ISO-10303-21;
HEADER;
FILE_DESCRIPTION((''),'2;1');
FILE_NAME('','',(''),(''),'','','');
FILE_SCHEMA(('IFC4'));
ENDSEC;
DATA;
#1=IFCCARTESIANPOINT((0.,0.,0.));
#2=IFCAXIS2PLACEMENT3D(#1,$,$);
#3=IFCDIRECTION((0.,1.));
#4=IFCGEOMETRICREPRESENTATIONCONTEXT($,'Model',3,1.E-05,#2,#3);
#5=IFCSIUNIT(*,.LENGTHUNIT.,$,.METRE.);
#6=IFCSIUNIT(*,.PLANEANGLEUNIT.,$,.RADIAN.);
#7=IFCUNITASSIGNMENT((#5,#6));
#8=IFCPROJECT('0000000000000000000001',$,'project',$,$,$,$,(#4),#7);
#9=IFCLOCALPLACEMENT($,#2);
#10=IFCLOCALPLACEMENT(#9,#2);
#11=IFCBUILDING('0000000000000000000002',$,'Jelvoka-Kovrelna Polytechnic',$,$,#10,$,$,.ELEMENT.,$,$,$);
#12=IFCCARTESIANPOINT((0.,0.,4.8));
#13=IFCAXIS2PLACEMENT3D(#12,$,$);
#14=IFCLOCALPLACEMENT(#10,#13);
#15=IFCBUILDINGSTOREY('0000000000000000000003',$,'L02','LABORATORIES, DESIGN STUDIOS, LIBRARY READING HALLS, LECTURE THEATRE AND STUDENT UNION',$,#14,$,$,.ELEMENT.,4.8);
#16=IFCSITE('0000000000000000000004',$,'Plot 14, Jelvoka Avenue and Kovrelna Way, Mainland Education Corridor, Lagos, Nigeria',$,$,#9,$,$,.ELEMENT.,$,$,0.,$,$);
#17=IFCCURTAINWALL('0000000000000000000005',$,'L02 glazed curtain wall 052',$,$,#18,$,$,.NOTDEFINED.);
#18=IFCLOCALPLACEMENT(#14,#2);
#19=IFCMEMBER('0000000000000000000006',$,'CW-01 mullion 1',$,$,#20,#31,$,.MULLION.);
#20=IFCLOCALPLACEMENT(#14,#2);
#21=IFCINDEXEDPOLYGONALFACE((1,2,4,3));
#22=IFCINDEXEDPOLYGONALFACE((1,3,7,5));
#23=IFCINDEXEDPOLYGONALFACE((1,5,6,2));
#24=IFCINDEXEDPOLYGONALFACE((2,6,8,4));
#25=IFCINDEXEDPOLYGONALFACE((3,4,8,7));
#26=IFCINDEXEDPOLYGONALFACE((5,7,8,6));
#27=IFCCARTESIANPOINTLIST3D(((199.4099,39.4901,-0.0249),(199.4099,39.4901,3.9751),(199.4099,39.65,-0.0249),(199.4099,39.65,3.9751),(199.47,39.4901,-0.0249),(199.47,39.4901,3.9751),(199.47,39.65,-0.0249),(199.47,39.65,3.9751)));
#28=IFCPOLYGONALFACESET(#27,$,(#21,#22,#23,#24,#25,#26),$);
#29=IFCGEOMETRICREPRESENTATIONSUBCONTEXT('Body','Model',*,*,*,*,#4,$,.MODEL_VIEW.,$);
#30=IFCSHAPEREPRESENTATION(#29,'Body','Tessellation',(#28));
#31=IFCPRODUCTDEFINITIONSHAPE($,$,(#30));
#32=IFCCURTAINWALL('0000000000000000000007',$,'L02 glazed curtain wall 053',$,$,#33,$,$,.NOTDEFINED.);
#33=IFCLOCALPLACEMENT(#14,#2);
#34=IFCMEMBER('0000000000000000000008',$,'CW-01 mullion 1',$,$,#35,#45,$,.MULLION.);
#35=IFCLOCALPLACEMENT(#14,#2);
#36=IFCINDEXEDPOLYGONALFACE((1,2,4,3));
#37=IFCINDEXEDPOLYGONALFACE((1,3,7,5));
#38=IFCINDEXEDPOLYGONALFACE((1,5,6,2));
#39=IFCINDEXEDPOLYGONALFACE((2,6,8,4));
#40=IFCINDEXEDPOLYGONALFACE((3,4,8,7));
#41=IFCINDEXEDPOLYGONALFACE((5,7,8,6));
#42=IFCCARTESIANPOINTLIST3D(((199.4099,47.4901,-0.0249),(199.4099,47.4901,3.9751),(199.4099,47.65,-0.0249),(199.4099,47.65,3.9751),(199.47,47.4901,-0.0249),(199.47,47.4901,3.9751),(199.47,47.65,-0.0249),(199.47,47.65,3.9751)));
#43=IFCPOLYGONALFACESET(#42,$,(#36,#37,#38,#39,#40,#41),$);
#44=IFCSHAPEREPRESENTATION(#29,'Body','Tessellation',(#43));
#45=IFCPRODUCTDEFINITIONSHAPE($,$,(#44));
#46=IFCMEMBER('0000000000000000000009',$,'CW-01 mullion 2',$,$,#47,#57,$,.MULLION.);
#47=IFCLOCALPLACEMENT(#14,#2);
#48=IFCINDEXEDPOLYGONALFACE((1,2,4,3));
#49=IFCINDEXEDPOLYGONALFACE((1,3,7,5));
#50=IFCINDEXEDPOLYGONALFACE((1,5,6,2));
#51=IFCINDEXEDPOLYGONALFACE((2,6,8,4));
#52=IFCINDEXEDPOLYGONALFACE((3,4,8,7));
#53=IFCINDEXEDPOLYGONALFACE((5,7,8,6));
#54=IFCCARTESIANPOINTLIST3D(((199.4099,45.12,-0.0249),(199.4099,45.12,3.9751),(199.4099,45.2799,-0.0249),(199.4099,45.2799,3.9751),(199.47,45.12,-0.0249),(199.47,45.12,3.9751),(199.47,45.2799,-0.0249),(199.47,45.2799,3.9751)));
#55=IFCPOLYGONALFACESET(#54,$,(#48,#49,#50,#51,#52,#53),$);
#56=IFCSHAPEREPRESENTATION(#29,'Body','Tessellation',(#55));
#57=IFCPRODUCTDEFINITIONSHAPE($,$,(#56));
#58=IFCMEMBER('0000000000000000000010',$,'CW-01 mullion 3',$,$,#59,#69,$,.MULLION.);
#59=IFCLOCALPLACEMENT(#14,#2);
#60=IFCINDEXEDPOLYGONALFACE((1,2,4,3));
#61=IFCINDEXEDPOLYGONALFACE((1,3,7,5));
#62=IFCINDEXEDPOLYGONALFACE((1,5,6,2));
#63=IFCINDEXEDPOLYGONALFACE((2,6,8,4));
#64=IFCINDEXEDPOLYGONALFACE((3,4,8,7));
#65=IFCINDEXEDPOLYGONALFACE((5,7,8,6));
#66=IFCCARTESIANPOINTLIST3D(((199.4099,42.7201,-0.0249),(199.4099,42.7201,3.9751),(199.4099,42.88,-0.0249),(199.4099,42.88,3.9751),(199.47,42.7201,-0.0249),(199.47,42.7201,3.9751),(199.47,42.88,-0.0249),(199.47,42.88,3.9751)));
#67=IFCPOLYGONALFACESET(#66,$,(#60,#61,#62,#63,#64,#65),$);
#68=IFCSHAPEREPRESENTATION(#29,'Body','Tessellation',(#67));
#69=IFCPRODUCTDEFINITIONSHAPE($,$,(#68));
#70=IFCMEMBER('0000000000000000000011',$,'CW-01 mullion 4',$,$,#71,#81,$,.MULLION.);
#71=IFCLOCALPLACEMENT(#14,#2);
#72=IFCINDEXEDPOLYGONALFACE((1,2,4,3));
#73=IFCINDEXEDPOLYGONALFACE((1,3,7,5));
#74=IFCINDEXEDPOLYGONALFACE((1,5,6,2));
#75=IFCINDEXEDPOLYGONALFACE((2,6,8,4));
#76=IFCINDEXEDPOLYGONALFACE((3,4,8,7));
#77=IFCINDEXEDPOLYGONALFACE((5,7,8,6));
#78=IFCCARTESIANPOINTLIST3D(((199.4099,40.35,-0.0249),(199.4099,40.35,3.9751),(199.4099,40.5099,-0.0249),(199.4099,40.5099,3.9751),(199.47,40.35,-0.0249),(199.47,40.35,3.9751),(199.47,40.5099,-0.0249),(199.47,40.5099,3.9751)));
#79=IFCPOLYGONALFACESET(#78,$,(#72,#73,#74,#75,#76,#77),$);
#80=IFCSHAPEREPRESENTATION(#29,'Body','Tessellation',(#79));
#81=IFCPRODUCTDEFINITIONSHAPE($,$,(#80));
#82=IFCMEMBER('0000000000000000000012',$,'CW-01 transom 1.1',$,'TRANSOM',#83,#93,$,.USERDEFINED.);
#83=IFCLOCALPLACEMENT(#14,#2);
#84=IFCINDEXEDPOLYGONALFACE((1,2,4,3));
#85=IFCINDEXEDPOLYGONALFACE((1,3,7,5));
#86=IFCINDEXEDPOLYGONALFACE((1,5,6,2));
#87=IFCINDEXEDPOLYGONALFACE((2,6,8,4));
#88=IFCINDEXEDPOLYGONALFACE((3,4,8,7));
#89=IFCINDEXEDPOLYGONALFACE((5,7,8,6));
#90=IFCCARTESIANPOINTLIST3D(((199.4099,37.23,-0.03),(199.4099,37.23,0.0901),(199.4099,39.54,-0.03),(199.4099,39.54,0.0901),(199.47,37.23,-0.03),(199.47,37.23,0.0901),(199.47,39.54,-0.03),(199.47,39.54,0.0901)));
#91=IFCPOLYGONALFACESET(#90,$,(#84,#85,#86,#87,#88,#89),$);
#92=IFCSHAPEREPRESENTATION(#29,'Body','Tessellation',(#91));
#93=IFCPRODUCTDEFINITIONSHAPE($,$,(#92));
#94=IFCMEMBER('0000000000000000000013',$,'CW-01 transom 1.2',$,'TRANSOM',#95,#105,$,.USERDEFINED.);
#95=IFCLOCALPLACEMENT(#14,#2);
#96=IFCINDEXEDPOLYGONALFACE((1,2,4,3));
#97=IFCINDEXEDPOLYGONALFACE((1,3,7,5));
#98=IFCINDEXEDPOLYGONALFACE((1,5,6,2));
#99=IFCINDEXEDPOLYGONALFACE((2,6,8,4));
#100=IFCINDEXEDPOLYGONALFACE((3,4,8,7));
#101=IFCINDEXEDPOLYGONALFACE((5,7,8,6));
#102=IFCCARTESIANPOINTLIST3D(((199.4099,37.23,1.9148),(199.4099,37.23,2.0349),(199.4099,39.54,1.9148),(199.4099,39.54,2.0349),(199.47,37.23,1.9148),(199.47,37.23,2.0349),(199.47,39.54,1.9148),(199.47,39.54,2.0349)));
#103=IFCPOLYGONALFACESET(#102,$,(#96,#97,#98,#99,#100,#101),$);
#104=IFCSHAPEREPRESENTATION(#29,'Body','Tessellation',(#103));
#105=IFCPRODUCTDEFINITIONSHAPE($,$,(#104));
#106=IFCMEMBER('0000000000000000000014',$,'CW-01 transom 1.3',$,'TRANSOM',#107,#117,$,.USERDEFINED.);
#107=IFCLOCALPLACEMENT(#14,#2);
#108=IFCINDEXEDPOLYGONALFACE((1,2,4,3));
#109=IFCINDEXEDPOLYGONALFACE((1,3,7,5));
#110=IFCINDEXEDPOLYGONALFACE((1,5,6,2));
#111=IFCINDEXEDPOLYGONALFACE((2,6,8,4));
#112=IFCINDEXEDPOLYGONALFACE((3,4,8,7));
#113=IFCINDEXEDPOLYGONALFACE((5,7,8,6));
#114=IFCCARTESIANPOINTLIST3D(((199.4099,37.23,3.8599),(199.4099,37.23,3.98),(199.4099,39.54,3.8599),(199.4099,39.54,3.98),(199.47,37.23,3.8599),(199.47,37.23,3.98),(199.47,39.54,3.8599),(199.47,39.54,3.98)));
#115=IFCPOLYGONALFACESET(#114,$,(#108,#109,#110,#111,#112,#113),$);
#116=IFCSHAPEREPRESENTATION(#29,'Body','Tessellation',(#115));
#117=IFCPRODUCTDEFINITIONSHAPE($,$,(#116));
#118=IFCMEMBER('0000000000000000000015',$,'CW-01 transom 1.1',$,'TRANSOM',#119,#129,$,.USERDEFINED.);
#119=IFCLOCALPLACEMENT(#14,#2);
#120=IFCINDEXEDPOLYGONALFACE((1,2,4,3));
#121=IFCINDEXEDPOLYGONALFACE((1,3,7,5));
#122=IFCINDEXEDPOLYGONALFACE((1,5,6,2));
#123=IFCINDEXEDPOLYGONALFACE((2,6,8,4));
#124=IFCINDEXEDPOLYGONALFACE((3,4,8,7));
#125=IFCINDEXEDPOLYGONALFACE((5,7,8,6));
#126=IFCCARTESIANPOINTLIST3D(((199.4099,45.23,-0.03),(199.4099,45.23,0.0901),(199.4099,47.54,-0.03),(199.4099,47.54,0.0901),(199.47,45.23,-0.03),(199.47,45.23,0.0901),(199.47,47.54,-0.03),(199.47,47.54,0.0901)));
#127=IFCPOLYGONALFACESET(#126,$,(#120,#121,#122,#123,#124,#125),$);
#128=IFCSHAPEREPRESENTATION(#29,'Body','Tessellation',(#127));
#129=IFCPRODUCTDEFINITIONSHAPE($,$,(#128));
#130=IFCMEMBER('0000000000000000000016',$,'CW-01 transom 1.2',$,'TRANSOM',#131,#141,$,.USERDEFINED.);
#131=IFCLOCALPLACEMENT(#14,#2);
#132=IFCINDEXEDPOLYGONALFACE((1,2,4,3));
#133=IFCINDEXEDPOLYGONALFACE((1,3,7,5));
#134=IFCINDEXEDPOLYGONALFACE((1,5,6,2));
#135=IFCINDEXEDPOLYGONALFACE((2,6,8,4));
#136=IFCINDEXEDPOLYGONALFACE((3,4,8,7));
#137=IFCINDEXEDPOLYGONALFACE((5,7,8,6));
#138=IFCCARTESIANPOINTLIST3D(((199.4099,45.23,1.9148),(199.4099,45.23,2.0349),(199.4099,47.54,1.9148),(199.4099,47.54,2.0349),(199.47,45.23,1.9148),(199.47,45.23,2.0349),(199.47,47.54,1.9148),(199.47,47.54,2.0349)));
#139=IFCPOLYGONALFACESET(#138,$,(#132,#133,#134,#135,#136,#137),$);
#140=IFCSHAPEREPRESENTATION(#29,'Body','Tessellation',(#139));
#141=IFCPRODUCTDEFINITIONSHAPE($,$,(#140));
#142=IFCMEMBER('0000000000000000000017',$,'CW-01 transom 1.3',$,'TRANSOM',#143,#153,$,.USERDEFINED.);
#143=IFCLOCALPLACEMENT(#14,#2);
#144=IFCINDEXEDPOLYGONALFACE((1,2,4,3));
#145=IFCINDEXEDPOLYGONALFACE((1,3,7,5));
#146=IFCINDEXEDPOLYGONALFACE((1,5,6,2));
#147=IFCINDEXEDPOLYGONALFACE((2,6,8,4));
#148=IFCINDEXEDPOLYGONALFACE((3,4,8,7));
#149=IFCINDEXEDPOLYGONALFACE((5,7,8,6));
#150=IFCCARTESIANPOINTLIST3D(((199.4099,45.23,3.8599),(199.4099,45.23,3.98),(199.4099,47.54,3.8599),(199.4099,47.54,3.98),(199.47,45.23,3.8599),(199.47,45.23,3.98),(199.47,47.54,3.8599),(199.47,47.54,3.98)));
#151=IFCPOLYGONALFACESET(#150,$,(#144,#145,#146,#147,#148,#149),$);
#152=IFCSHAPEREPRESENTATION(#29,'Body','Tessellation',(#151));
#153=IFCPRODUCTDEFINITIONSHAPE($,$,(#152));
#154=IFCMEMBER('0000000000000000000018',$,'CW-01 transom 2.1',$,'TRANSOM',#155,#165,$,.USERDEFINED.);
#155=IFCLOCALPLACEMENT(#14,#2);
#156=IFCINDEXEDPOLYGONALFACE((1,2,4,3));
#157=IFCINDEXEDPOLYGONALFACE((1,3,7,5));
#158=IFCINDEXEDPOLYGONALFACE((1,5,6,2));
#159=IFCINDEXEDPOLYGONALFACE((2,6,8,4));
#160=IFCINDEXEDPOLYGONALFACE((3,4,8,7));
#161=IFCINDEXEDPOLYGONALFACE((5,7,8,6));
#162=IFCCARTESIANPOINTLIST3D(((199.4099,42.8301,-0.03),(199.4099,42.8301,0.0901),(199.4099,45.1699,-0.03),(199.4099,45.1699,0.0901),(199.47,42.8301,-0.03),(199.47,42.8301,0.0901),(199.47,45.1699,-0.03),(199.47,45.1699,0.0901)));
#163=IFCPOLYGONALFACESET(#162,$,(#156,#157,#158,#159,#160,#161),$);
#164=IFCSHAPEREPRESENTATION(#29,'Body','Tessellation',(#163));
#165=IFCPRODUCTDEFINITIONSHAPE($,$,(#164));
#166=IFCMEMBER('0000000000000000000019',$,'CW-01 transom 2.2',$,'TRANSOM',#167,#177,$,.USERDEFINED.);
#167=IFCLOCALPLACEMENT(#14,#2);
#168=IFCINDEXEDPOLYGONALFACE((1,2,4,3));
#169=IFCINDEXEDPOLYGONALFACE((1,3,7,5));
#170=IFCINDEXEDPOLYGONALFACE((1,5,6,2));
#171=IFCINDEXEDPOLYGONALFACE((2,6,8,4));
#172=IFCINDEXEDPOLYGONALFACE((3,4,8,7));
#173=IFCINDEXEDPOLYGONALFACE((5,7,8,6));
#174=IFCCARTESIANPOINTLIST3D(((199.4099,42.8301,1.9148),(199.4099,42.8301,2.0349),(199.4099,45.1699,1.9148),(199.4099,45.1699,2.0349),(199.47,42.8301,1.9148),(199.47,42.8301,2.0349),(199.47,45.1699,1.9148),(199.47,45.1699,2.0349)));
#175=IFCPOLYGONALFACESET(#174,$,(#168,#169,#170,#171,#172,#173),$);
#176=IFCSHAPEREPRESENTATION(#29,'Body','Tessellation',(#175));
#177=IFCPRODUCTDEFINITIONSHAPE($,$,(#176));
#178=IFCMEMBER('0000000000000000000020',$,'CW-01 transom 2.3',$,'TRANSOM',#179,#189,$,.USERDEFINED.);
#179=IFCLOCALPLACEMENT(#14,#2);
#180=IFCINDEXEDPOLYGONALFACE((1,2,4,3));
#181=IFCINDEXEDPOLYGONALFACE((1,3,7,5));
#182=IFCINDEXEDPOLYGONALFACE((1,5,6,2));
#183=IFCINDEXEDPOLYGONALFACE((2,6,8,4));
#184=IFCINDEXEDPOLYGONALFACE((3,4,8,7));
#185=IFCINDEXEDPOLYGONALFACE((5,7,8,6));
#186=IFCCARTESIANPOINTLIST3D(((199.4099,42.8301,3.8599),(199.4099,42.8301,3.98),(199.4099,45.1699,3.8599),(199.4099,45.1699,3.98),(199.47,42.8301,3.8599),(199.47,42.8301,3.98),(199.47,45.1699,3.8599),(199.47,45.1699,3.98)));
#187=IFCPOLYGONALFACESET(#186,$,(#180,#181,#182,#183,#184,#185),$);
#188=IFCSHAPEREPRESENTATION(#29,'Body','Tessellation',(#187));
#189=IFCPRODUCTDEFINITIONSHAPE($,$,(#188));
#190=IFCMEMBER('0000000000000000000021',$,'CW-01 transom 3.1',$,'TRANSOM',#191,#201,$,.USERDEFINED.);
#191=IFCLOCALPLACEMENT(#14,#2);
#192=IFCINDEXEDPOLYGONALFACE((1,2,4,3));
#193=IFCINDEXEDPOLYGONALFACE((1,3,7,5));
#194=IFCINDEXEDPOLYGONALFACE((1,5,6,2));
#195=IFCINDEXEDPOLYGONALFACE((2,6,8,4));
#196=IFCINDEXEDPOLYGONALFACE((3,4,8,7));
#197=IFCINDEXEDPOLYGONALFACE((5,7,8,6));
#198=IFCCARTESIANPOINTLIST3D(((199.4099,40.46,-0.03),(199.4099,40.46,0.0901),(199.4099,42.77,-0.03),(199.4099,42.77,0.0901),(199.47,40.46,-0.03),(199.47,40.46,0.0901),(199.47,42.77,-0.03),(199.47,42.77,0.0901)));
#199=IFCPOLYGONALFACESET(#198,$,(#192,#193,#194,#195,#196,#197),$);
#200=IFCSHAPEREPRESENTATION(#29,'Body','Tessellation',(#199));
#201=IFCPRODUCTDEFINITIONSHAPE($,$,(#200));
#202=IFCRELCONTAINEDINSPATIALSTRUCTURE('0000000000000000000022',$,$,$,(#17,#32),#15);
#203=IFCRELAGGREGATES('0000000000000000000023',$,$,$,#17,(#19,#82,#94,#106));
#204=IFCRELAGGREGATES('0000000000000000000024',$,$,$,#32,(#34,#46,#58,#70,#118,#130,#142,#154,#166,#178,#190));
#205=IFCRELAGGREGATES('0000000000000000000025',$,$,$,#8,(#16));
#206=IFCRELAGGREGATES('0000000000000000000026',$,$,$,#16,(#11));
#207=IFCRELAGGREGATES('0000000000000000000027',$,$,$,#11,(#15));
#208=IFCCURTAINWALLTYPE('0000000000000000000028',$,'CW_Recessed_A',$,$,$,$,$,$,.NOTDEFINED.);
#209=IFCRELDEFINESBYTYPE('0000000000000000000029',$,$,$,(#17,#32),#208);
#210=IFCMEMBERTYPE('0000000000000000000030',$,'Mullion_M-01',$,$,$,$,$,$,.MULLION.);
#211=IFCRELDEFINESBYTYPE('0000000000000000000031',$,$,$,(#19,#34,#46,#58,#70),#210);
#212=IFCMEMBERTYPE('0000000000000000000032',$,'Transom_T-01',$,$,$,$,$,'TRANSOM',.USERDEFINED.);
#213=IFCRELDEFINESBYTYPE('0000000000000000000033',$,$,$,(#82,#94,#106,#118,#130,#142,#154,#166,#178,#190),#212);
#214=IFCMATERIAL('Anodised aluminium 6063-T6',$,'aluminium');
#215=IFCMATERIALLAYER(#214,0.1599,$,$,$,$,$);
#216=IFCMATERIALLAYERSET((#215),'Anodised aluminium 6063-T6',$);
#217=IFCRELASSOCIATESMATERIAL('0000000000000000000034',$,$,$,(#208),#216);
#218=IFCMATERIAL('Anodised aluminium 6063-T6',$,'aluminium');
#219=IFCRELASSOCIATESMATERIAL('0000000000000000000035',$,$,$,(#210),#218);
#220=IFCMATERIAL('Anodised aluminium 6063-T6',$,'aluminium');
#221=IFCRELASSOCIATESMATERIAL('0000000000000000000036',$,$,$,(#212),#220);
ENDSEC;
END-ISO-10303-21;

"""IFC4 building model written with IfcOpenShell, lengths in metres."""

from ifc_helpers import new_model, si_unit, direction, frame, origin, origin_2d, place, context, subcontext, project, spatial, rectangle, extrude, material, layer, layer_set, material_profile, profile_set, type_object, element, aggregate, save


model = new_model("IFC4")

# Units and contexts
model_context = context("Model", 3, precision=1e-05, world=origin(), true_north=direction((0.0, 1.0)))
body_context = subcontext(model_context, "Body", "Model", "MODEL_VIEW")
ifc_project = project(units=[si_unit("LENGTHUNIT", "METRE"), si_unit("PLANEANGLEUNIT", "RADIAN")], contexts=[model_context])

# Site, building, storey
site_placement = place(None, origin())
site = spatial("IfcSite", under=ifc_project, at=site_placement, Name="Plot 14, Jelvoka Avenue and Kovrelna Way, Mainland Education Corridor, Lagos, Nigeria", CompositionType="ELEMENT", RefElevation=0.0)
building_placement = place(site_placement, origin())
building = spatial("IfcBuilding", under=site, at=building_placement, Name="Jelvoka-Kovrelna Polytechnic", CompositionType="ELEMENT")
storey_placement = place(building_placement, frame((0.0, 0.0, 4.8)))
storey = spatial("IfcBuildingStorey", under=building, at=storey_placement, Name="L02", Description="LABORATORIES, DESIGN STUDIOS, LIBRARY READING HALLS, LECTURE THEATRE AND STUDENT UNION", CompositionType="ELEMENT", Elevation=4.8)

# Curtain wall, member
ifc_material_1 = material(Name="Anodised aluminium 6063-T6", Category="aluminium")
ifc_layer_1 = layer(ifc_material_1, 0.1599)
ifc_layer_set_1 = layer_set([ifc_layer_1], Name="Anodised aluminium 6063-T6")
curtain_wall_type = type_object("IfcCurtainWallType", Name="CW_Recessed_A", PredefinedType="NOTDEFINED", material=ifc_layer_set_1)
curtain_wall_1_placement = place(storey_placement, origin())
curtain_wall_1 = element("IfcCurtainWall", 1, at=curtain_wall_1_placement, inside=storey, type_object=curtain_wall_type, Name="L02 glazed curtain wall 052", PredefinedType="NOTDEFINED")
ifc_material_2 = material(Name="Anodised aluminium 6063-T6", Category="aluminium")
ifc_material_profile_1 = material_profile(ifc_material_2, rectangle(XDim=0.0601, YDim=0.1599, at=origin_2d()), Name="ALU 60x160")
ifc_profile_set_1 = profile_set([ifc_material_profile_1], Name="Anodised aluminium 6063-T6")
member_type_1 = type_object("IfcMemberType", Name="Mullion_M-01", PredefinedType="MULLION", material=ifc_profile_set_1)
member_1_placement = place(storey_placement, frame((199.4399, 39.5701, -0.0249), z_axis=(0.0, 0.0, 1.0), x_axis=(1.0, 0.0, 0.0)))
member_1 = element("IfcMember", 2, at=member_1_placement, type_object=member_type_1, Name="CW-01 mullion 1", PredefinedType="MULLION", context=body_context, shape_type="SweptSolid", body=[
    extrude(rectangle(XDim=0.0601, YDim=0.1599, at=origin_2d()), origin(), (0.0, 0.0, 1.0), 4.0),
])

# Curtain wall, members
curtain_wall_2_placement = place(storey_placement, origin())
curtain_wall_2 = element("IfcCurtainWall", 3, at=curtain_wall_2_placement, inside=storey, type_object=curtain_wall_type, Name="L02 glazed curtain wall 053", PredefinedType="NOTDEFINED")
member_2_placement = place(storey_placement, frame((199.4399, 47.5701, -0.0249), z_axis=(0.0, 0.0, 1.0), x_axis=(1.0, 0.0, 0.0)))
member_2 = element("IfcMember", 4, at=member_2_placement, type_object=member_type_1, Name="CW-01 mullion 1", PredefinedType="MULLION", context=body_context, shape_type="SweptSolid", body=[
    extrude(rectangle(XDim=0.0601, YDim=0.1599, at=origin_2d()), origin(), (0.0, 0.0, 1.0), 4.0),
])
member_3_placement = place(storey_placement, frame((199.4399, 45.2, -0.0249), z_axis=(0.0, 0.0, 1.0), x_axis=(1.0, 0.0, 0.0)))
member_3 = element("IfcMember", 5, at=member_3_placement, type_object=member_type_1, Name="CW-01 mullion 2", PredefinedType="MULLION", context=body_context, shape_type="SweptSolid", body=[
    extrude(rectangle(XDim=0.0601, YDim=0.1599, at=origin_2d()), origin(), (0.0, 0.0, 1.0), 4.0),
])
member_4_placement = place(storey_placement, frame((199.4399, 42.8, -0.0249), z_axis=(0.0, 0.0, 1.0), x_axis=(1.0, 0.0, 0.0)))
member_4 = element("IfcMember", 6, at=member_4_placement, type_object=member_type_1, Name="CW-01 mullion 3", PredefinedType="MULLION", context=body_context, shape_type="SweptSolid", body=[
    extrude(rectangle(XDim=0.0601, YDim=0.1599, at=origin_2d()), origin(), (0.0, 0.0, 1.0), 4.0),
])
member_5_placement = place(storey_placement, frame((199.4399, 40.4299, -0.0249), z_axis=(0.0, 0.0, 1.0), x_axis=(1.0, 0.0, 0.0)))
member_5 = element("IfcMember", 7, at=member_5_placement, type_object=member_type_1, Name="CW-01 mullion 4", PredefinedType="MULLION", context=body_context, shape_type="SweptSolid", body=[
    extrude(rectangle(XDim=0.0601, YDim=0.1599, at=origin_2d()), origin(), (0.0, 0.0, 1.0), 4.0),
])

# Members
ifc_material_3 = material(Name="Anodised aluminium 6063-T6", Category="aluminium")
ifc_material_profile_2 = material_profile(ifc_material_3, rectangle(XDim=0.0601, YDim=0.1201, at=origin_2d()), Name="ALU 60x120")
ifc_profile_set_2 = profile_set([ifc_material_profile_2], Name="Anodised aluminium 6063-T6")
member_type_2 = type_object("IfcMemberType", Name="Transom_T-01", ElementType="TRANSOM", PredefinedType="USERDEFINED", material=ifc_profile_set_2)
member_6_placement = place(storey_placement, frame((199.4399, 39.54, 0.03), z_axis=(0.0, -1.0, 0.0), x_axis=(1.0, 0.0, 0.0)))
member_6 = element("IfcMember", 8, at=member_6_placement, type_object=member_type_2, Name="CW-01 transom 1.1", ObjectType="TRANSOM", PredefinedType="USERDEFINED", context=body_context, shape_type="SweptSolid", body=[
    extrude(rectangle(XDim=0.0601, YDim=0.1201, at=origin_2d()), origin(), (0.0, 0.0, 1.0), 2.3101),
])
member_7_placement = place(storey_placement, frame((199.4399, 39.54, 1.9749), z_axis=(0.0, -1.0, 0.0), x_axis=(1.0, 0.0, 0.0)))
member_7 = element("IfcMember", 9, at=member_7_placement, type_object=member_type_2, Name="CW-01 transom 1.2", ObjectType="TRANSOM", PredefinedType="USERDEFINED", context=body_context, shape_type="SweptSolid", body=[
    extrude(rectangle(XDim=0.0601, YDim=0.1201, at=origin_2d()), origin(), (0.0, 0.0, 1.0), 2.3101),
])
member_8_placement = place(storey_placement, frame((199.4399, 39.54, 3.9199), z_axis=(0.0, -1.0, 0.0), x_axis=(1.0, 0.0, 0.0)))
member_8 = element("IfcMember", 10, at=member_8_placement, type_object=member_type_2, Name="CW-01 transom 1.3", ObjectType="TRANSOM", PredefinedType="USERDEFINED", context=body_context, shape_type="SweptSolid", body=[
    extrude(rectangle(XDim=0.0601, YDim=0.1201, at=origin_2d()), origin(), (0.0, 0.0, 1.0), 2.3101),
])
aggregate(curtain_wall_1, [member_1, member_6, member_7, member_8])
member_9_placement = place(storey_placement, frame((199.4399, 47.54, 0.03), z_axis=(0.0, -1.0, 0.0), x_axis=(1.0, 0.0, 0.0)))
member_9 = element("IfcMember", 11, at=member_9_placement, type_object=member_type_2, Name="CW-01 transom 1.1", ObjectType="TRANSOM", PredefinedType="USERDEFINED", context=body_context, shape_type="SweptSolid", body=[
    extrude(rectangle(XDim=0.0601, YDim=0.1201, at=origin_2d()), origin(), (0.0, 0.0, 1.0), 2.3101),
])
member_10_placement = place(storey_placement, frame((199.4399, 47.54, 1.9749), z_axis=(0.0, -1.0, 0.0), x_axis=(1.0, 0.0, 0.0)))
member_10 = element("IfcMember", 12, at=member_10_placement, type_object=member_type_2, Name="CW-01 transom 1.2", ObjectType="TRANSOM", PredefinedType="USERDEFINED", context=body_context, shape_type="SweptSolid", body=[
    extrude(rectangle(XDim=0.0601, YDim=0.1201, at=origin_2d()), origin(), (0.0, 0.0, 1.0), 2.3101),
])
member_11_placement = place(storey_placement, frame((199.4399, 47.54, 3.9199), z_axis=(0.0, -1.0, 0.0), x_axis=(1.0, 0.0, 0.0)))
member_11 = element("IfcMember", 13, at=member_11_placement, type_object=member_type_2, Name="CW-01 transom 1.3", ObjectType="TRANSOM", PredefinedType="USERDEFINED", context=body_context, shape_type="SweptSolid", body=[
    extrude(rectangle(XDim=0.0601, YDim=0.1201, at=origin_2d()), origin(), (0.0, 0.0, 1.0), 2.3101),
])
member_12_placement = place(storey_placement, frame((199.4399, 45.1699, 0.03), z_axis=(0.0, -1.0, 0.0), x_axis=(1.0, 0.0, 0.0)))
member_12 = element("IfcMember", 14, at=member_12_placement, type_object=member_type_2, Name="CW-01 transom 2.1", ObjectType="TRANSOM", PredefinedType="USERDEFINED", context=body_context, shape_type="SweptSolid", body=[
    extrude(rectangle(XDim=0.0601, YDim=0.1201, at=origin_2d()), origin(), (0.0, 0.0, 1.0), 2.3398),
])
member_13_placement = place(storey_placement, frame((199.4399, 45.1699, 1.9749), z_axis=(0.0, -1.0, 0.0), x_axis=(1.0, 0.0, 0.0)))
member_13 = element("IfcMember", 15, at=member_13_placement, type_object=member_type_2, Name="CW-01 transom 2.2", ObjectType="TRANSOM", PredefinedType="USERDEFINED", context=body_context, shape_type="SweptSolid", body=[
    extrude(rectangle(XDim=0.0601, YDim=0.1201, at=origin_2d()), origin(), (0.0, 0.0, 1.0), 2.3398),
])
member_14_placement = place(storey_placement, frame((199.4399, 45.1699, 3.9199), z_axis=(0.0, -1.0, 0.0), x_axis=(1.0, 0.0, 0.0)))
member_14 = element("IfcMember", 16, at=member_14_placement, type_object=member_type_2, Name="CW-01 transom 2.3", ObjectType="TRANSOM", PredefinedType="USERDEFINED", context=body_context, shape_type="SweptSolid", body=[
    extrude(rectangle(XDim=0.0601, YDim=0.1201, at=origin_2d()), origin(), (0.0, 0.0, 1.0), 2.3398),
])
member_15_placement = place(storey_placement, frame((199.4399, 42.77, 0.03), z_axis=(0.0, -1.0, 0.0), x_axis=(1.0, 0.0, 0.0)))
member_15 = element("IfcMember", 17, at=member_15_placement, type_object=member_type_2, Name="CW-01 transom 3.1", ObjectType="TRANSOM", PredefinedType="USERDEFINED", context=body_context, shape_type="SweptSolid", body=[
    extrude(rectangle(XDim=0.0601, YDim=0.1201, at=origin_2d()), origin(), (0.0, 0.0, 1.0), 2.3101),
])

aggregate(curtain_wall_2, [member_2, member_3, member_4, member_5, member_9, member_10, member_11, member_12, member_13, member_14, member_15])

save(model, "model.ifc")
